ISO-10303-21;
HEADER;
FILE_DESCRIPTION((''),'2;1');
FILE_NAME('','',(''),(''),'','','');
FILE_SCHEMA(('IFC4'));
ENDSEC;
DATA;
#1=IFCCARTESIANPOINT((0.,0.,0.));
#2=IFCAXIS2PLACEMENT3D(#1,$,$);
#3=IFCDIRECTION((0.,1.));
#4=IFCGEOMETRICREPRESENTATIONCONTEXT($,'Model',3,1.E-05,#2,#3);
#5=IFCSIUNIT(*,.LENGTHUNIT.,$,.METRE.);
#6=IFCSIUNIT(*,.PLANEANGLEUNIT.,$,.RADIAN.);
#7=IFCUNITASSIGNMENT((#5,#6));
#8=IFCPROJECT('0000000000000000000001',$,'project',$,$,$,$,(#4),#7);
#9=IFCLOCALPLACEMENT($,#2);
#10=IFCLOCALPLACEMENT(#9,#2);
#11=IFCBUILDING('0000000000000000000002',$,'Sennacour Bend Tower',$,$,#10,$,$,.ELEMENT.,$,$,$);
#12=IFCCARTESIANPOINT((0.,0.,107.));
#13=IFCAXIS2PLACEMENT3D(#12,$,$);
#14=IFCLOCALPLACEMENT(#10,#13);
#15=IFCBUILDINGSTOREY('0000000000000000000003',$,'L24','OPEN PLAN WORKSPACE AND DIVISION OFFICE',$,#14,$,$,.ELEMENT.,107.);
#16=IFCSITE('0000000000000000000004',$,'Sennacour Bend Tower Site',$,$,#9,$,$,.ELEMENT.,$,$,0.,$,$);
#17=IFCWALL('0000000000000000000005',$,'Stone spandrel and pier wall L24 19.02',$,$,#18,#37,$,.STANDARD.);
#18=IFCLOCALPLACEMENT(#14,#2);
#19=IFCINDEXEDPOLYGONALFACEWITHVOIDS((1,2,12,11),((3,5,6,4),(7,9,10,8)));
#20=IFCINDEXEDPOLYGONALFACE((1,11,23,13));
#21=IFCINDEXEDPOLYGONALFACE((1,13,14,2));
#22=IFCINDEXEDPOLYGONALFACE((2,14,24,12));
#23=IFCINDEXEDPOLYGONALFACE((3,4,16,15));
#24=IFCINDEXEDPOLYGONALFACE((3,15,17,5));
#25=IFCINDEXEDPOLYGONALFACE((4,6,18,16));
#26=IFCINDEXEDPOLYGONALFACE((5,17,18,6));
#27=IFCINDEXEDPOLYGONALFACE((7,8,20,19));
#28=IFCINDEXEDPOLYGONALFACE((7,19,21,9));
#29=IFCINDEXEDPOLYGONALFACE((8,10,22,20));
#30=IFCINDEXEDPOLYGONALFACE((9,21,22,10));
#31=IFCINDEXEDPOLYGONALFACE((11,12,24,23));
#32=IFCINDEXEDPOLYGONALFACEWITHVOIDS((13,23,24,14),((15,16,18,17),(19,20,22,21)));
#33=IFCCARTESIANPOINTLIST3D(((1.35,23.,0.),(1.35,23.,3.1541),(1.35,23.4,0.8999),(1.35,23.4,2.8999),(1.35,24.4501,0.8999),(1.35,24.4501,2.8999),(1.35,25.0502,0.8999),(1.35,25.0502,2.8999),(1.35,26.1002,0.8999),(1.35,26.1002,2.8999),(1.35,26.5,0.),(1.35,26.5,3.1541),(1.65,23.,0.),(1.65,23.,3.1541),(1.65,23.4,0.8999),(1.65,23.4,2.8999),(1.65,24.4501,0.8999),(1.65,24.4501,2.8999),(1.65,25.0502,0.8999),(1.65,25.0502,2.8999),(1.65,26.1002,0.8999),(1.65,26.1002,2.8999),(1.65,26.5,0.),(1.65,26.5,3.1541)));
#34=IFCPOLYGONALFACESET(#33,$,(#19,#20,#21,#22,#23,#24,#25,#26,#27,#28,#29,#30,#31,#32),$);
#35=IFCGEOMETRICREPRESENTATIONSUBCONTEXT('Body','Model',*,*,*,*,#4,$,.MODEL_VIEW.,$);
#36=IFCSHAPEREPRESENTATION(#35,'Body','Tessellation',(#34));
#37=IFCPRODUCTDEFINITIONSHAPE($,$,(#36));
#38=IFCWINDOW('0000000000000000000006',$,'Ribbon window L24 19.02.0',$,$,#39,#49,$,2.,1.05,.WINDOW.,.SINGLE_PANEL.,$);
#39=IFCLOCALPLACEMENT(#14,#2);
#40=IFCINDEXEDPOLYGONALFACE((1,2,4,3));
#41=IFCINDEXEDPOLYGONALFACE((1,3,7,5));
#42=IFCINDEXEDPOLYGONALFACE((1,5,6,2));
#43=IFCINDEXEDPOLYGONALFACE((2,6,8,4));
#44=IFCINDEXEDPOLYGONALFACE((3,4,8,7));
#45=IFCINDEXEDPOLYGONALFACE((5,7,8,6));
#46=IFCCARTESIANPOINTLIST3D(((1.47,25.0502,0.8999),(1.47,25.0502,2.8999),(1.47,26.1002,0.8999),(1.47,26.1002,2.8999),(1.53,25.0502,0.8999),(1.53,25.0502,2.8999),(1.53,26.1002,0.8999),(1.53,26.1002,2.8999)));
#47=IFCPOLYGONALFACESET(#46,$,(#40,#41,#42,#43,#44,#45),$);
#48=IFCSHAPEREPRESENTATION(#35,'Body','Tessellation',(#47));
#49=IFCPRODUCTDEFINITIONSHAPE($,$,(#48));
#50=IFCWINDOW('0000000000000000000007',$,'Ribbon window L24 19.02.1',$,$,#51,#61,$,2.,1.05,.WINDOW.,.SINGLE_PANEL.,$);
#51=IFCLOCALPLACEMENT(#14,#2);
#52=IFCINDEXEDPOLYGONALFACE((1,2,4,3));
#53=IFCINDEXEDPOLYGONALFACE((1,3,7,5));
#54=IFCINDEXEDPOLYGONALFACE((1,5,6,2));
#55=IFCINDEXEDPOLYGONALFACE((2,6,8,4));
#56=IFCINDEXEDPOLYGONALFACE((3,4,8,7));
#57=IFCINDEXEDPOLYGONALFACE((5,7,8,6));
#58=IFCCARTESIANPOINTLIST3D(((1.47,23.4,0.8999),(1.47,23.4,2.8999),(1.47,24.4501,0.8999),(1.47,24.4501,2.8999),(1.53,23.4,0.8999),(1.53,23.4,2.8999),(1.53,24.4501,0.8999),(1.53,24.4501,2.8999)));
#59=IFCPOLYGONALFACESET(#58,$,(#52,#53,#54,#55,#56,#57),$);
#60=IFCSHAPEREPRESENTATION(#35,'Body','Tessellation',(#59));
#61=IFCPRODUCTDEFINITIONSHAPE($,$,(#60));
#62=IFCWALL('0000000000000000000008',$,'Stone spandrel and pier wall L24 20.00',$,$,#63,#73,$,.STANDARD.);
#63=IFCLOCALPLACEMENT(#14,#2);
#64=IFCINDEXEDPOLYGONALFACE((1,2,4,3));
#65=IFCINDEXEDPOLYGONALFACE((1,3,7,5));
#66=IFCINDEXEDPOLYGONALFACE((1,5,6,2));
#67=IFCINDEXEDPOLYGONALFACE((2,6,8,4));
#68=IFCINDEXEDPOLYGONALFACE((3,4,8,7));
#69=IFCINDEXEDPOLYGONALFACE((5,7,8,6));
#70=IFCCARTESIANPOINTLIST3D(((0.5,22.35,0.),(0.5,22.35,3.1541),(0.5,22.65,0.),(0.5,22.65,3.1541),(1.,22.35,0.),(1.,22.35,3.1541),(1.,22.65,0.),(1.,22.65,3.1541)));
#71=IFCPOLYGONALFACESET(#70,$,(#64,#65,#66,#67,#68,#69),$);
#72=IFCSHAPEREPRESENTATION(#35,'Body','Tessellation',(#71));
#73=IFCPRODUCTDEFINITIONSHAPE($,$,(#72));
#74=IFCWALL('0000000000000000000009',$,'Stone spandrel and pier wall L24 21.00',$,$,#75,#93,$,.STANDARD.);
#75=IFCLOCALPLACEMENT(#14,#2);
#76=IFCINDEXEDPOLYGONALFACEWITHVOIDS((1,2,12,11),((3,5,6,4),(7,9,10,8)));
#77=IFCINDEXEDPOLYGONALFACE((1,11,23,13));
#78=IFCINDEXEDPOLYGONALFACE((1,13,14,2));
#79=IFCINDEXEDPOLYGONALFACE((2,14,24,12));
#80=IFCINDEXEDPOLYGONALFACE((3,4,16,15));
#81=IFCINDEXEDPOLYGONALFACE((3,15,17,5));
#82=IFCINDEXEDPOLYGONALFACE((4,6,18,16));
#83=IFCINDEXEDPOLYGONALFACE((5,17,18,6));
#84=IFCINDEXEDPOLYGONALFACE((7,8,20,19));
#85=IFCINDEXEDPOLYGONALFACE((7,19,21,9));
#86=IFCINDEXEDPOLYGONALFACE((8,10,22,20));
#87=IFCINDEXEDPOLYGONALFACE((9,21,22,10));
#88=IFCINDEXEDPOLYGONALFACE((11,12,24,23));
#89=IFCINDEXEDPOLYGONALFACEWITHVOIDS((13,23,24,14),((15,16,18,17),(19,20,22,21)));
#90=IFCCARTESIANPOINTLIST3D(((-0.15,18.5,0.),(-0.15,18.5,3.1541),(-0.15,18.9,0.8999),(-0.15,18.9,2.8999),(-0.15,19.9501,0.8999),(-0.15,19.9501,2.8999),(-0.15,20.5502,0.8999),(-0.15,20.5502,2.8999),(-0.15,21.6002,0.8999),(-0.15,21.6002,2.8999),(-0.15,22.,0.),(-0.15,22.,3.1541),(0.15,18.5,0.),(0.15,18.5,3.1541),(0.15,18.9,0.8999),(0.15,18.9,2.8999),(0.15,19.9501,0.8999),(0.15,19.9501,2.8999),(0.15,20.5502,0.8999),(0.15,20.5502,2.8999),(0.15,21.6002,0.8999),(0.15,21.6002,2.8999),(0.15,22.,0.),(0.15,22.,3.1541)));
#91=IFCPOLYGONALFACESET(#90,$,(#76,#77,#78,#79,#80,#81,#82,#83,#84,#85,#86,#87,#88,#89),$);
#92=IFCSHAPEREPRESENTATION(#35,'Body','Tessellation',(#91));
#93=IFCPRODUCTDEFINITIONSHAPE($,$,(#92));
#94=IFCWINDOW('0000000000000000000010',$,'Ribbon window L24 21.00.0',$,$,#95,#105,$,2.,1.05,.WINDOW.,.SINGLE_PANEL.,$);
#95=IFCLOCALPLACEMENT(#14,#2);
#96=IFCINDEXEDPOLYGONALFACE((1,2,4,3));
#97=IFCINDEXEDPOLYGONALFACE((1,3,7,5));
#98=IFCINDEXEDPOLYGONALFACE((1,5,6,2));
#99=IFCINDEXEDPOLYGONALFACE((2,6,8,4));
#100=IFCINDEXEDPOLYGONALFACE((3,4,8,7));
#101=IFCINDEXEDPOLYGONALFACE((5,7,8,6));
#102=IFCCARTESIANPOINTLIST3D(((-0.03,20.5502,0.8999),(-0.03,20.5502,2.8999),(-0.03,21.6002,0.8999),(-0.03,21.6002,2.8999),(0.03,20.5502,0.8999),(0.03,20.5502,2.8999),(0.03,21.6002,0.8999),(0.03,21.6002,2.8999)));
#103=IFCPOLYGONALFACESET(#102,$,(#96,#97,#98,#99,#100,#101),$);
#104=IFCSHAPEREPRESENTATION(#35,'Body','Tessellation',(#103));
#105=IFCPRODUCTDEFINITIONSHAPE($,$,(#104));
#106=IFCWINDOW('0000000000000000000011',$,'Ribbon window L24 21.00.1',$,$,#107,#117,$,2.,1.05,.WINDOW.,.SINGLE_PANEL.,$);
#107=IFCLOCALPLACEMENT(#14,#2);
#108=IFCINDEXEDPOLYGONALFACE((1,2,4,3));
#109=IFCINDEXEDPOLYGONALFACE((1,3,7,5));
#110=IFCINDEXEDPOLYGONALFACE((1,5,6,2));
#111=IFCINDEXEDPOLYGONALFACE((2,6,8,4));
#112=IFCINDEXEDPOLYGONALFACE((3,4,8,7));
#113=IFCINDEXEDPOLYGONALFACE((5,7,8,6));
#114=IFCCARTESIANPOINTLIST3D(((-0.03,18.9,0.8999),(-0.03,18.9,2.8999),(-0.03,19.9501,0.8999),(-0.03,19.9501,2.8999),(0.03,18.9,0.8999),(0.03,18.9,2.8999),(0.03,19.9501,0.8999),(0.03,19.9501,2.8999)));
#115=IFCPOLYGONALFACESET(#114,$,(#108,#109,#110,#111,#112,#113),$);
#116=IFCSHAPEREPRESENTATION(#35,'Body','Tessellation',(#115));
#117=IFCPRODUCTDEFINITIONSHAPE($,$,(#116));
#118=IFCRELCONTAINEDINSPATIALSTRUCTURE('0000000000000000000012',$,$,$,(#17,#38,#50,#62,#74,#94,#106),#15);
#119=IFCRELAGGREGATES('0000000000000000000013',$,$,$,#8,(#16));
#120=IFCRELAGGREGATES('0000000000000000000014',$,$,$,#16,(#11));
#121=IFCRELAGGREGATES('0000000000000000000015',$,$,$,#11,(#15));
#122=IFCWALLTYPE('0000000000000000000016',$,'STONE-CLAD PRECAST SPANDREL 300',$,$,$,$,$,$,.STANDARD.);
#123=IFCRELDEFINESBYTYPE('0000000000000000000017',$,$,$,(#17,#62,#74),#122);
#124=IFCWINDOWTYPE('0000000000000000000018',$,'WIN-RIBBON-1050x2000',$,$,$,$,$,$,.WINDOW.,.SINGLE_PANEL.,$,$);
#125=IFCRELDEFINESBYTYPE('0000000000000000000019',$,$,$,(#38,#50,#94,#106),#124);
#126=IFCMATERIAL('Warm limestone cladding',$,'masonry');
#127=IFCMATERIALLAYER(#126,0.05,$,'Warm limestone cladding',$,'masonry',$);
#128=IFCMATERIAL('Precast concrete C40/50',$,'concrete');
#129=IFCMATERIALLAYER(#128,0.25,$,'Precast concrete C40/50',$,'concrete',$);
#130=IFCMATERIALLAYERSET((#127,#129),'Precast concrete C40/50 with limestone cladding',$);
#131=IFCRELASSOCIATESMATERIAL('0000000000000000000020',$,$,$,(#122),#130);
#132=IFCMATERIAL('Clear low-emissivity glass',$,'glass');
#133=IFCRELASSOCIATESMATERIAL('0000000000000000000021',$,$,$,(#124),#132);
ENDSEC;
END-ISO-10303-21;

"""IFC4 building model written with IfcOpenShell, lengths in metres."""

from ifc_helpers import new_model, si_unit, direction, frame, frame_2d, origin, place, context, subcontext, project, spatial, rectangle, extrude, material, layer, layer_set, type_object, element, fill, save


model = new_model("IFC4")

# Units and contexts
model_context = context("Model", 3, precision=1e-05, world=origin(), true_north=direction((0.0, 1.0)))
body_context = subcontext(model_context, "Body", "Model", "MODEL_VIEW")
ifc_project = project(units=[si_unit("LENGTHUNIT", "METRE"), si_unit("PLANEANGLEUNIT", "RADIAN")], contexts=[model_context])

# Site, building, storey
site_placement = place(None, origin())
site = spatial("IfcSite", under=ifc_project, at=site_placement, Name="Sennacour Bend Tower Site", CompositionType="ELEMENT", RefElevation=0.0)
building_placement = place(site_placement, origin())
building = spatial("IfcBuilding", under=site, at=building_placement, Name="Sennacour Bend Tower", CompositionType="ELEMENT")
storey_placement = place(building_placement, frame((0.0, 0.0, 107.0)))
storey = spatial("IfcBuildingStorey", under=building, at=storey_placement, Name="L24", Description="OPEN PLAN WORKSPACE AND DIVISION OFFICE", CompositionType="ELEMENT", Elevation=107.0)

# Wall, openings, windows
ifc_material_1 = material(Name="Warm limestone cladding", Category="masonry")
ifc_layer_1 = layer(ifc_material_1, 0.05, Name="Warm limestone cladding", Category="masonry")
ifc_material_2 = material(Name="Precast concrete C40/50", Category="concrete")
ifc_layer_2 = layer(ifc_material_2, 0.25, Name="Precast concrete C40/50", Category="concrete")
ifc_layer_set_1 = layer_set([ifc_layer_1, ifc_layer_2], Name="Precast concrete C40/50 with limestone cladding")
wall_type_1 = type_object("IfcWallType", Name="STONE-CLAD PRECAST SPANDREL 300", PredefinedType="STANDARD", material=ifc_layer_set_1)
wall_1_placement = place(storey_placement, frame((1.5, 26.5, 0.0), z_axis=(0.0, 0.0, 1.0), x_axis=(0.0, -1.0, 0.0)))
wall_1 = element("IfcWall", 1, at=wall_1_placement, inside=storey, type_object=wall_type_1, Name="Stone spandrel and pier wall L24 19.02", PredefinedType="STANDARD", context=body_context, shape_type="SweptSolid", body=[
    extrude(rectangle(XDim=3.5, YDim=0.3, at=frame_2d((1.75, 0.0))), origin(), (0.0, 0.0, 1.0), 3.1541),
])
opening_1_placement = place(wall_1_placement, frame((0.3999, 0.0, 0.8999)))
opening_1 = element("IfcOpeningElement", 2, at=opening_1_placement, cuts=wall_1, PredefinedType="OPENING", context=body_context, shape_type="SweptSolid", body=[
    extrude(rectangle(XDim=1.05, YDim=2.0, at=frame_2d((0.5249, 1.0))), frame((0.0, 0.1602, 0.0), z_axis=(0.0, -1.0, 0.0), x_axis=(1.0, 0.0, 0.0)), (0.0, 0.0, 1.0), 0.3201),
])
opening_2_placement = place(wall_1_placement, frame((2.05, 0.0, 0.8999)))
opening_2 = element("IfcOpeningElement", 3, at=opening_2_placement, cuts=wall_1, PredefinedType="OPENING", context=body_context, shape_type="SweptSolid", body=[
    extrude(rectangle(XDim=1.05, YDim=2.0, at=frame_2d((0.5249, 1.0))), frame((0.0, 0.1602, 0.0), z_axis=(0.0, -1.0, 0.0), x_axis=(1.0, 0.0, 0.0)), (0.0, 0.0, 1.0), 0.3201),
])
ifc_material_3 = material(Name="Clear low-emissivity glass", Category="glass")
window_type = type_object("IfcWindowType", Name="WIN-RIBBON-1050x2000", PartitioningType="SINGLE_PANEL", PredefinedType="WINDOW", material=ifc_material_3)
window_1_placement = place(opening_1_placement, origin())
window_1 = element("IfcWindow", 4, at=window_1_placement, inside=storey, type_object=window_type, Name="Ribbon window L24 19.02.0", OverallHeight=2.0, OverallWidth=1.05, PartitioningType="SINGLE_PANEL", PredefinedType="WINDOW", context=body_context, shape_type="SweptSolid", body=[
    extrude(rectangle(XDim=1.05, YDim=2.0, at=frame_2d((0.5249, 1.0))), frame((0.0, 0.03, 0.0), z_axis=(0.0, -1.0, 0.0), x_axis=(1.0, 0.0, 0.0)), (0.0, 0.0, 1.0), 0.0601),
])
fill(opening_1, window_1)
window_2_placement = place(opening_2_placement, origin())
window_2 = element("IfcWindow", 5, at=window_2_placement, inside=storey, type_object=window_type, Name="Ribbon window L24 19.02.1", OverallHeight=2.0, OverallWidth=1.05, PartitioningType="SINGLE_PANEL", PredefinedType="WINDOW", context=body_context, shape_type="SweptSolid", body=[
    extrude(rectangle(XDim=1.05, YDim=2.0, at=frame_2d((0.5249, 1.0))), frame((0.0, 0.03, 0.0), z_axis=(0.0, -1.0, 0.0), x_axis=(1.0, 0.0, 0.0)), (0.0, 0.0, 1.0), 0.0601),
])
fill(opening_2, window_2)

# Wall
wall_2_placement = place(storey_placement, frame((1.0, 22.5, 0.0), z_axis=(0.0, 0.0, 1.0), x_axis=(-1.0, 0.0, 0.0)))
element("IfcWall", 6, at=wall_2_placement, inside=storey, type_object=wall_type_1, Name="Stone spandrel and pier wall L24 20.00", PredefinedType="STANDARD", context=body_context, shape_type="SweptSolid", body=[
    extrude(rectangle(XDim=0.5, YDim=0.3, at=frame_2d((0.25, 0.0))), origin(), (0.0, 0.0, 1.0), 3.1541),
])

# Wall, openings, windows
wall_3_placement = place(storey_placement, frame((0.0, 22.0, 0.0), z_axis=(0.0, 0.0, 1.0), x_axis=(0.0, -1.0, 0.0)))
wall_3 = element("IfcWall", 7, at=wall_3_placement, inside=storey, type_object=wall_type_1, Name="Stone spandrel and pier wall L24 21.00", PredefinedType="STANDARD", context=body_context, shape_type="SweptSolid", body=[
    extrude(rectangle(XDim=3.5, YDim=0.3, at=frame_2d((1.75, 0.0))), origin(), (0.0, 0.0, 1.0), 3.1541),
])
opening_3_placement = place(wall_3_placement, frame((0.3999, 0.0, 0.8999)))
opening_3 = element("IfcOpeningElement", 8, at=opening_3_placement, cuts=wall_3, PredefinedType="OPENING", context=body_context, shape_type="SweptSolid", body=[
    extrude(rectangle(XDim=1.05, YDim=2.0, at=frame_2d((0.5249, 1.0))), frame((0.0, 0.1602, 0.0), z_axis=(0.0, -1.0, 0.0), x_axis=(1.0, 0.0, 0.0)), (0.0, 0.0, 1.0), 0.3201),
])
opening_4_placement = place(wall_3_placement, frame((2.05, 0.0, 0.8999)))
opening_4 = element("IfcOpeningElement", 9, at=opening_4_placement, cuts=wall_3, PredefinedType="OPENING", context=body_context, shape_type="SweptSolid", body=[
    extrude(rectangle(XDim=1.05, YDim=2.0, at=frame_2d((0.5249, 1.0))), frame((0.0, 0.1602, 0.0), z_axis=(0.0, -1.0, 0.0), x_axis=(1.0, 0.0, 0.0)), (0.0, 0.0, 1.0), 0.3201),
])
window_3_placement = place(opening_3_placement, origin())
window_3 = element("IfcWindow", 10, at=window_3_placement, inside=storey, type_object=window_type, Name="Ribbon window L24 21.00.0", OverallHeight=2.0, OverallWidth=1.05, PartitioningType="SINGLE_PANEL", PredefinedType="WINDOW", context=body_context, shape_type="SweptSolid", body=[
    extrude(rectangle(XDim=1.05, YDim=2.0, at=frame_2d((0.5249, 1.0))), frame((0.0, 0.03, 0.0), z_axis=(0.0, -1.0, 0.0), x_axis=(1.0, 0.0, 0.0)), (0.0, 0.0, 1.0), 0.0601),
])
fill(opening_3, window_3)
window_4_placement = place(opening_4_placement, origin())
window_4 = element("IfcWindow", 11, at=window_4_placement, inside=storey, type_object=window_type, Name="Ribbon window L24 21.00.1", OverallHeight=2.0, OverallWidth=1.05, PartitioningType="SINGLE_PANEL", PredefinedType="WINDOW", context=body_context, shape_type="SweptSolid", body=[
    extrude(rectangle(XDim=1.05, YDim=2.0, at=frame_2d((0.5249, 1.0))), frame((0.0, 0.03, 0.0), z_axis=(0.0, -1.0, 0.0), x_axis=(1.0, 0.0, 0.0)), (0.0, 0.0, 1.0), 0.0601),
])
fill(opening_4, window_4)

save(model, "model.ifc")
